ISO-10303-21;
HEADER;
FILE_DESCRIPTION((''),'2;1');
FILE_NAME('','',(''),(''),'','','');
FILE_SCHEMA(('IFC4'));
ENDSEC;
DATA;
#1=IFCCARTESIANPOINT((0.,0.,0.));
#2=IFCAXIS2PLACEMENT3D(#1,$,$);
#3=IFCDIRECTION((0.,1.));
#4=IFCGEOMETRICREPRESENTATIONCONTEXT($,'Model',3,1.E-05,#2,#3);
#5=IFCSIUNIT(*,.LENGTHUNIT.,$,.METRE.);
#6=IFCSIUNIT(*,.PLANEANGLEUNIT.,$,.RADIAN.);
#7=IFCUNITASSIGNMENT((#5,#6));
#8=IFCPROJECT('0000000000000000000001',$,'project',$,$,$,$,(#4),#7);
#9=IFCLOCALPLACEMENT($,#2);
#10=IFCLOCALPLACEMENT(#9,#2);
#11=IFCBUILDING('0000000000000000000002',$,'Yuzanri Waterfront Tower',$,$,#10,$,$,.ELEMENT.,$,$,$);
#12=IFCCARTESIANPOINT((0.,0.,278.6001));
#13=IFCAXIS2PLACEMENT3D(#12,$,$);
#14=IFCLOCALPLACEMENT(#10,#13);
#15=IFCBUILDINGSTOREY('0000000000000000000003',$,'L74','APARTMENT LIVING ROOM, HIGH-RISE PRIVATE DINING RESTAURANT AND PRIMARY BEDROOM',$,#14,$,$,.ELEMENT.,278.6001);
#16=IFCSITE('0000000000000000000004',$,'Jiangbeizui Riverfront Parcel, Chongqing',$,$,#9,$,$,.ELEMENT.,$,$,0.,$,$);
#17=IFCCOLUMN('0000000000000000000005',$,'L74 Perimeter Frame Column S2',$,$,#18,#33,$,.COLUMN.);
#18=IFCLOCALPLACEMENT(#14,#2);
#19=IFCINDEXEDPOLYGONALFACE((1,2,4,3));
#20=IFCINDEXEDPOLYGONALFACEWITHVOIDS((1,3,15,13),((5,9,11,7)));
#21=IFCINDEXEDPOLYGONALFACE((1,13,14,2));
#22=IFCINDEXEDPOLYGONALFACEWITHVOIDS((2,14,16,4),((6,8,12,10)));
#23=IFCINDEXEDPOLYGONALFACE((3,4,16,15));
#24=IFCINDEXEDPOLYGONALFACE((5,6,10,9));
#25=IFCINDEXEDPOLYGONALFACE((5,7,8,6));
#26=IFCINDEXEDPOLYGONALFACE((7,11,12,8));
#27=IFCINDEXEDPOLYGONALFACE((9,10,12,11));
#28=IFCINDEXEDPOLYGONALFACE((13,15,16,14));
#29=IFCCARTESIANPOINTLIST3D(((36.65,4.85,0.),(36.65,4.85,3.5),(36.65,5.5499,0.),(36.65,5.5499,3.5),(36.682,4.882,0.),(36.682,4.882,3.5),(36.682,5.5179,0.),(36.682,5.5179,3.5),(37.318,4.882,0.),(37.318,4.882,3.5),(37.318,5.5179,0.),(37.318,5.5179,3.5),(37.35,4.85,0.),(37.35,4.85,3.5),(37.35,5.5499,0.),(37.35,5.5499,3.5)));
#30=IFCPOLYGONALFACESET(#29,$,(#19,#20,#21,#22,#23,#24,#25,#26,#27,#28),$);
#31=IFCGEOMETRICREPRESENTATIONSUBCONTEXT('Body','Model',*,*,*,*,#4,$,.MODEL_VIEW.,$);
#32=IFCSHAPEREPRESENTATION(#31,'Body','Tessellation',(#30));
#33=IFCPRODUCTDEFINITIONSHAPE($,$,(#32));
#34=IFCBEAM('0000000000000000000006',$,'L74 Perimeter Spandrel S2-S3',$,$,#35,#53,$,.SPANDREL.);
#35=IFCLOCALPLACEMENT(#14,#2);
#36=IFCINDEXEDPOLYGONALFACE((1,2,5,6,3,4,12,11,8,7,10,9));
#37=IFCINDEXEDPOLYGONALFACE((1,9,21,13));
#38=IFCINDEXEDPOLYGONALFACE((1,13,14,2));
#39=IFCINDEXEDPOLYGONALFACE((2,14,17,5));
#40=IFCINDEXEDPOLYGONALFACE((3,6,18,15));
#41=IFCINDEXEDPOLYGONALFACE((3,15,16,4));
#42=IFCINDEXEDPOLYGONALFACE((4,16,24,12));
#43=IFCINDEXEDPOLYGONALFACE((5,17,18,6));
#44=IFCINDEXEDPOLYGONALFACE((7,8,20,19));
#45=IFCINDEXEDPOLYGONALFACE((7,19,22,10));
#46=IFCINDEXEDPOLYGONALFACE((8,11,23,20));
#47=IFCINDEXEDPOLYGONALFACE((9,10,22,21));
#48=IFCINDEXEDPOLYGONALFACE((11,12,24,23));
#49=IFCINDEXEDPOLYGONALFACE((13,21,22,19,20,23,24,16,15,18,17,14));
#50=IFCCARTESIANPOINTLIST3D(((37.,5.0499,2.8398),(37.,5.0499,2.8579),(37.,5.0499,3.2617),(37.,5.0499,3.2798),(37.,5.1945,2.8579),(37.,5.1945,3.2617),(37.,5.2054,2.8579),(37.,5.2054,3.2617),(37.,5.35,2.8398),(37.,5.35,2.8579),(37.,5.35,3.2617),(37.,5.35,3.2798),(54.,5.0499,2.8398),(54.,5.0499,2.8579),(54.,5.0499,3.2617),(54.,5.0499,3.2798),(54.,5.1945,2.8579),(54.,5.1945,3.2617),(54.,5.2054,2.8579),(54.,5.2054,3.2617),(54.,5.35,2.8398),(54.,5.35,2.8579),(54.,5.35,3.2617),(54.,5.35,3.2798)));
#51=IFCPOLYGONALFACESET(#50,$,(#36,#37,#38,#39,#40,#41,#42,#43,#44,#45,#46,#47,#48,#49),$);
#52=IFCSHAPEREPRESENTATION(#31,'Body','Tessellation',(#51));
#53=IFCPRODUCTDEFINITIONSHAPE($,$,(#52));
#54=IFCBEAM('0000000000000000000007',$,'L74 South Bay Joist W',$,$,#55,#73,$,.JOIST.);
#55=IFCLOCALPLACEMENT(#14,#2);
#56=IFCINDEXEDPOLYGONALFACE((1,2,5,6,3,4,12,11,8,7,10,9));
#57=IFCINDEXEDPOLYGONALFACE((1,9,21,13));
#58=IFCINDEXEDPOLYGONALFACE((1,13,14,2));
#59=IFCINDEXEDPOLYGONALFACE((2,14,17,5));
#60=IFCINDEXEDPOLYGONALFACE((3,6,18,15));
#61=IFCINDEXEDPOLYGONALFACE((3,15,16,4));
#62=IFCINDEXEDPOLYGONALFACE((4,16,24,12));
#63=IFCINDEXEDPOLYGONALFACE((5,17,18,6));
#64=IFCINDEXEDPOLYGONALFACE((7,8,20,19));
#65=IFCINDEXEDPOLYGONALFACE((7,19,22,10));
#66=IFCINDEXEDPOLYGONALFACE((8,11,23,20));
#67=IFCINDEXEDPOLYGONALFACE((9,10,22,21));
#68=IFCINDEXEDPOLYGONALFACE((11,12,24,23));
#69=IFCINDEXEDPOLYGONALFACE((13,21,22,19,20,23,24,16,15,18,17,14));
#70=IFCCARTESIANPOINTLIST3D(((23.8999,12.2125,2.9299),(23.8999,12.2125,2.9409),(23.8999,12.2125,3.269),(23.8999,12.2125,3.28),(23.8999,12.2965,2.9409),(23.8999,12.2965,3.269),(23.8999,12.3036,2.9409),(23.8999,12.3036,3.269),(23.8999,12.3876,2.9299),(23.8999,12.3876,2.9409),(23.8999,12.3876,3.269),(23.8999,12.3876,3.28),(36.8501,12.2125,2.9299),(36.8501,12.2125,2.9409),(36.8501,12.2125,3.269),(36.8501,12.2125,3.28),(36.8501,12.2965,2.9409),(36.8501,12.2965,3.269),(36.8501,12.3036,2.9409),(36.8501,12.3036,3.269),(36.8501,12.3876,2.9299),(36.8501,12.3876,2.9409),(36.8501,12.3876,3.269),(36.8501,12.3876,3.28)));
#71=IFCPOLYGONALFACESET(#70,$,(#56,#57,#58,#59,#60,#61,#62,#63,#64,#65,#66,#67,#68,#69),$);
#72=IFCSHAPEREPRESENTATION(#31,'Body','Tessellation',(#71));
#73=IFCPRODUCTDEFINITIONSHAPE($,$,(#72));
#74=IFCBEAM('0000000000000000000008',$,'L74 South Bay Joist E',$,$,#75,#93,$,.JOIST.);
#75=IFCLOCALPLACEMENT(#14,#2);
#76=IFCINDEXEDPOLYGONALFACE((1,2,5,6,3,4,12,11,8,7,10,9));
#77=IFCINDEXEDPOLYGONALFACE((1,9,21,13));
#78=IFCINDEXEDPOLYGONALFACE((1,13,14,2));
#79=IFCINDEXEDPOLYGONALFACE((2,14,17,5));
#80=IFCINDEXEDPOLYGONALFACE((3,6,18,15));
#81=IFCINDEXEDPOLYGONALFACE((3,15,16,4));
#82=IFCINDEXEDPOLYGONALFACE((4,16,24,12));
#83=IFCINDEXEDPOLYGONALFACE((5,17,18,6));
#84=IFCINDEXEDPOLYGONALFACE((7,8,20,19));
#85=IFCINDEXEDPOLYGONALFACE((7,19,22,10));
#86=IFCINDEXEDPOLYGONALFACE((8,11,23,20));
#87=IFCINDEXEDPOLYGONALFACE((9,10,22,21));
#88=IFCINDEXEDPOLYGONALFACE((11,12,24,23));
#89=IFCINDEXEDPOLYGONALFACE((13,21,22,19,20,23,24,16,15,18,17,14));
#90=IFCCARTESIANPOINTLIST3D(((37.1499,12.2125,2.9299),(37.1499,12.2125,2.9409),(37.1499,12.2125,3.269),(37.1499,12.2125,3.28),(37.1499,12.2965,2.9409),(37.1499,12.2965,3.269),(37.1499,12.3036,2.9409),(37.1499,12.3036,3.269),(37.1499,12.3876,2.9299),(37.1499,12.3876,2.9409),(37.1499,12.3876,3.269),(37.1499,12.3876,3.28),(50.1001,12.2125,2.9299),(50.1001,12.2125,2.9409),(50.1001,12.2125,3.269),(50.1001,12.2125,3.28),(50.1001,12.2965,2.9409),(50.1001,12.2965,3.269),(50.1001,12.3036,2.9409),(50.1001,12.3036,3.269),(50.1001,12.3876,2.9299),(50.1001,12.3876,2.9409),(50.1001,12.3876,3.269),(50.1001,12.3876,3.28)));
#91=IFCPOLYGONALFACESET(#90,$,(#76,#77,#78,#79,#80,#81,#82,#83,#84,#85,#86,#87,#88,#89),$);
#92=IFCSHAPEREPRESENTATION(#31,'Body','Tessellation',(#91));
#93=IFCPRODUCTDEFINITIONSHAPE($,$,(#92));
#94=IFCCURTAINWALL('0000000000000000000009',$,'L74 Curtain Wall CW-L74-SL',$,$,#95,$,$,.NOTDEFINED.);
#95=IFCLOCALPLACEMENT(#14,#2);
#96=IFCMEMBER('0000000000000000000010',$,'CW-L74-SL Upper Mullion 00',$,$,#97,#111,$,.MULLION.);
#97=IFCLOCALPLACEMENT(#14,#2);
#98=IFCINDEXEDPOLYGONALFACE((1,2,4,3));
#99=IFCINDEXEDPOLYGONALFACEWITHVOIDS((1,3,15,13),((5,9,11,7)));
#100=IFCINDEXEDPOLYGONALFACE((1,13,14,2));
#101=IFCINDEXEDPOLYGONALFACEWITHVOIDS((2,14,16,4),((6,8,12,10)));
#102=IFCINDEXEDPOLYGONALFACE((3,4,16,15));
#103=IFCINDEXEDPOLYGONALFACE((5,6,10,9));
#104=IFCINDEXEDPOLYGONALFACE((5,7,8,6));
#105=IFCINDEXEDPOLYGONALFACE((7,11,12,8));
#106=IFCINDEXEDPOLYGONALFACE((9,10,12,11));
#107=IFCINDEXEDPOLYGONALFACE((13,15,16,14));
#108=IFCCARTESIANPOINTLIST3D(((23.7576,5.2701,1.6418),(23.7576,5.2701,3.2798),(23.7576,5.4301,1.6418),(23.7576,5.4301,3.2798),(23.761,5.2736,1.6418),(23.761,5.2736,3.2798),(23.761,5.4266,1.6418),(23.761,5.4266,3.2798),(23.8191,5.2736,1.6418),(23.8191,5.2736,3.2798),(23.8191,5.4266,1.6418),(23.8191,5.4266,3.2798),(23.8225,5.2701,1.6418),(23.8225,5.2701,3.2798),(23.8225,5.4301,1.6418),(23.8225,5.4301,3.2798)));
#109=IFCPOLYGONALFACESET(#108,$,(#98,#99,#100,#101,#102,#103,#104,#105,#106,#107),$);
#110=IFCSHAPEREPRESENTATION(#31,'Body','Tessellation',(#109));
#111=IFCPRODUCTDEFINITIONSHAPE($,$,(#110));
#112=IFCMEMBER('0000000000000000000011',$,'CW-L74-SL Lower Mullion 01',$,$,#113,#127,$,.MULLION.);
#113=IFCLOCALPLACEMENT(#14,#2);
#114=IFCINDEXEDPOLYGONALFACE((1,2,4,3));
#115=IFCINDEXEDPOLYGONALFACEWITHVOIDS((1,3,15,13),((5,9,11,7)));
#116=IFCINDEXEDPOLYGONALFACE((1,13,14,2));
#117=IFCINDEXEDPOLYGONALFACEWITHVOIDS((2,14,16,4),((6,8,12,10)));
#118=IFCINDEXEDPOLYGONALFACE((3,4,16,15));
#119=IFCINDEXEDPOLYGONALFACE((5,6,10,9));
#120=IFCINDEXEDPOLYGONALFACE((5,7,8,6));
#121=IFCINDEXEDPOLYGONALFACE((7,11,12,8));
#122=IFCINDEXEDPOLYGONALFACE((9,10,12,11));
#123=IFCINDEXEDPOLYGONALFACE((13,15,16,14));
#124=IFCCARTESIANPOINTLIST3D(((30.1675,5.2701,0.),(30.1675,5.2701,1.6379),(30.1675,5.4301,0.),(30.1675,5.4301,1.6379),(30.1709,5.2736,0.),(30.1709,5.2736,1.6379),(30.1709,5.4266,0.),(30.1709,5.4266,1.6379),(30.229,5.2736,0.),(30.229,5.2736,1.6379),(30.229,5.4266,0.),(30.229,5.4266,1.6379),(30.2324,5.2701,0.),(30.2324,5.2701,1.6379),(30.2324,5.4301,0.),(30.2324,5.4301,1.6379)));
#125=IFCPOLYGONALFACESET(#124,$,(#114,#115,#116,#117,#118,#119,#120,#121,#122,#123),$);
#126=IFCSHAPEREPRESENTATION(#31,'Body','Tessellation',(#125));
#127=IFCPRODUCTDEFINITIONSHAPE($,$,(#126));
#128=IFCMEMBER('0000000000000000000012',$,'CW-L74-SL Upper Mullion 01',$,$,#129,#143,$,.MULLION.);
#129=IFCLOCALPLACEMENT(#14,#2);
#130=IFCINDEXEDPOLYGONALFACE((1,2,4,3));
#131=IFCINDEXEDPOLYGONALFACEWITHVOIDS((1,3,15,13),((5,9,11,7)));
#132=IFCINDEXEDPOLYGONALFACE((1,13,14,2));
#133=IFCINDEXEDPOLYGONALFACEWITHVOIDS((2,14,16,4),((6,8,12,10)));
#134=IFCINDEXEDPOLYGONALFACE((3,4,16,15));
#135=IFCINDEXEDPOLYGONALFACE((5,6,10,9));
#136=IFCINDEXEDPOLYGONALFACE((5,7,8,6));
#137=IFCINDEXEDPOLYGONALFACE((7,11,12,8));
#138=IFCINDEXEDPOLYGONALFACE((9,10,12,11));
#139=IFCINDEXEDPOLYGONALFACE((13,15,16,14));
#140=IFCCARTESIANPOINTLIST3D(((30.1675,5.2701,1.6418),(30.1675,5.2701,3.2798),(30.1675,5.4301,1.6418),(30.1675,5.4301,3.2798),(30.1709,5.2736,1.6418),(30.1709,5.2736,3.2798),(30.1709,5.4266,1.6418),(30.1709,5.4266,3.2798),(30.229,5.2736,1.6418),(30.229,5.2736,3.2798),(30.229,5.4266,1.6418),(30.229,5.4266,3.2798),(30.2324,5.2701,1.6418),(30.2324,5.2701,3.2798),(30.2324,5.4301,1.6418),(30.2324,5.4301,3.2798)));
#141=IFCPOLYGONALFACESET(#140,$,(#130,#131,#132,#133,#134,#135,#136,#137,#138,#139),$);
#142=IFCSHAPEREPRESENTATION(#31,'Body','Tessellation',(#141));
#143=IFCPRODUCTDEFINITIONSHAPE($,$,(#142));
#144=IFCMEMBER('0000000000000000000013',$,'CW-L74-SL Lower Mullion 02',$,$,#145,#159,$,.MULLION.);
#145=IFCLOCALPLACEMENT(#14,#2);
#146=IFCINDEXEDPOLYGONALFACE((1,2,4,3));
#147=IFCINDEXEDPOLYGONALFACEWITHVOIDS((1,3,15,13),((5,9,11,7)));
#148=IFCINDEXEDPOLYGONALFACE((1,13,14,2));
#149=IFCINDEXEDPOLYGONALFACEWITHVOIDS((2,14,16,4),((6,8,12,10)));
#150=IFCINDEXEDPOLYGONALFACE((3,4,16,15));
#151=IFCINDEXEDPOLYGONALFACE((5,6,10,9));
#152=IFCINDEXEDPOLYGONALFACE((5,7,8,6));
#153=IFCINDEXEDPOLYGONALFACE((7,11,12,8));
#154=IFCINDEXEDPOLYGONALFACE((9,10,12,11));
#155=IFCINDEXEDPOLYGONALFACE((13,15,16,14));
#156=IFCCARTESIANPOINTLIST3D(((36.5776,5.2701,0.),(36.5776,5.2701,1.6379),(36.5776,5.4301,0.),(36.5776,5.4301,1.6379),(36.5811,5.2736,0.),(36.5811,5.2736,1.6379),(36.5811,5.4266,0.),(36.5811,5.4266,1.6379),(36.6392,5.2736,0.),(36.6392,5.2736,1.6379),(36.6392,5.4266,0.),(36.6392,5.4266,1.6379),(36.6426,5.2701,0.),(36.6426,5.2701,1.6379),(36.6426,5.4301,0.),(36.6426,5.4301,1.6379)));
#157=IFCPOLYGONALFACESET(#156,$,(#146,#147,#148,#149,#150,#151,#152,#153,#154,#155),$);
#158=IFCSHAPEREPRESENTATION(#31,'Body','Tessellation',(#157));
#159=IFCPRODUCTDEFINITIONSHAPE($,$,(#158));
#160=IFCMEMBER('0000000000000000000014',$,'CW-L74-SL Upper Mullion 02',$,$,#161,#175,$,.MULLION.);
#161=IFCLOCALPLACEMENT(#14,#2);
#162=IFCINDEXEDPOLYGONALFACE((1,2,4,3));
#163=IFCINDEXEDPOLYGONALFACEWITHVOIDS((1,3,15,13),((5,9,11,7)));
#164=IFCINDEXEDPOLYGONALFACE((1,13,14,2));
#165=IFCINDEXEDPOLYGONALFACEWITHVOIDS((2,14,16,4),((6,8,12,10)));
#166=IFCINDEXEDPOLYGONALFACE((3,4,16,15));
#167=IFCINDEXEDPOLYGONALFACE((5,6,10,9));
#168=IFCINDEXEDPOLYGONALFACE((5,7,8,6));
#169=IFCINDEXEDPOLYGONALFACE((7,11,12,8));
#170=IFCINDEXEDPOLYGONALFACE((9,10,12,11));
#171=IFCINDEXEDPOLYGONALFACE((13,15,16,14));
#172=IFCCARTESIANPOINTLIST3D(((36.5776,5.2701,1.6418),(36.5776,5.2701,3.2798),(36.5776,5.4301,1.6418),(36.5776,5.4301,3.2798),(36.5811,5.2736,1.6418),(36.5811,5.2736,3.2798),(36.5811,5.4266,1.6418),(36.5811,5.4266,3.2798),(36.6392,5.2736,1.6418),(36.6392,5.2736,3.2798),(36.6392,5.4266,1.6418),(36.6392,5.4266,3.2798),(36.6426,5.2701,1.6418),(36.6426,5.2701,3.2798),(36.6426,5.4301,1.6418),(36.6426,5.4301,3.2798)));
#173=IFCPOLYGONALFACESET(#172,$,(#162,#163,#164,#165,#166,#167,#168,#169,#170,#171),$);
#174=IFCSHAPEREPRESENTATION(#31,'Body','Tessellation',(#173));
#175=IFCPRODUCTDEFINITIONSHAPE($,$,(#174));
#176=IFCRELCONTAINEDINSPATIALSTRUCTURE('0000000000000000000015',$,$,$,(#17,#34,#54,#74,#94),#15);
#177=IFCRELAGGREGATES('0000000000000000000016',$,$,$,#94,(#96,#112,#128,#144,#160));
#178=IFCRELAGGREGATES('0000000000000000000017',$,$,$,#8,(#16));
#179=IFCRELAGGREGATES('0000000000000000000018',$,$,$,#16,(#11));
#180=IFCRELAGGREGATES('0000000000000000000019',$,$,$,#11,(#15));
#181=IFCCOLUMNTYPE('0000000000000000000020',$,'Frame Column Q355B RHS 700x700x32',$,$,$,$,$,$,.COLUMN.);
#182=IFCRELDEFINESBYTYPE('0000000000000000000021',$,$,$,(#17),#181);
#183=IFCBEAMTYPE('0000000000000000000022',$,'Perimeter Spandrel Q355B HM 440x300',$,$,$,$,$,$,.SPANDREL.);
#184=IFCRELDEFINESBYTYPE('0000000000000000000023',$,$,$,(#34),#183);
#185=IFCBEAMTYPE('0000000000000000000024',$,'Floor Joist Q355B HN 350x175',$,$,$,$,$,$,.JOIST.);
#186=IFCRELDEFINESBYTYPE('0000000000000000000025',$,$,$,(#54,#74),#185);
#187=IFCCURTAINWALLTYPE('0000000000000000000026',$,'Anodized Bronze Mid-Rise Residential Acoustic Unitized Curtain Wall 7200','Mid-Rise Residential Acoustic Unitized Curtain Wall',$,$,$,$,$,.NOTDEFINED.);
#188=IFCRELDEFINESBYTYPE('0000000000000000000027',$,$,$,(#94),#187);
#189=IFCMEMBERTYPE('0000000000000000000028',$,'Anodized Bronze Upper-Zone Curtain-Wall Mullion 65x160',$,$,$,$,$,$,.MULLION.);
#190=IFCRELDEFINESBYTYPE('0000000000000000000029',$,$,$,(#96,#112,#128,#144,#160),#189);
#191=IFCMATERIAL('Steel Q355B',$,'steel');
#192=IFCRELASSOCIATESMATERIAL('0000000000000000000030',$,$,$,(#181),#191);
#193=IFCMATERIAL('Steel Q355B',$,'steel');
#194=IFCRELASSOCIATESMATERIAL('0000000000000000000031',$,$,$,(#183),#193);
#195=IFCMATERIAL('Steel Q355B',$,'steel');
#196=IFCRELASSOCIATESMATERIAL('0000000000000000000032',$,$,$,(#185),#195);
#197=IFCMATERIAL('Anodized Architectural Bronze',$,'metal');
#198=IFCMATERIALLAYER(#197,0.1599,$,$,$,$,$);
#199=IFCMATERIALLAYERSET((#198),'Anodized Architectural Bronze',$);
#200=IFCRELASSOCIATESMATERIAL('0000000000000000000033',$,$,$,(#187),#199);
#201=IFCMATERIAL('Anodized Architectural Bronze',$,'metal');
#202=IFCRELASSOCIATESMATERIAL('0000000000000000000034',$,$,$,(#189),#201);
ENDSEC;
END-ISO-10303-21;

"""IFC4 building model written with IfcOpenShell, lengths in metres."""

from ifc_helpers import new_model, si_unit, direction, frame, origin, origin_2d, place, context, subcontext, project, spatial, hollow_rectangle, i_section, extrude, source, transform, mapped, material, layer, layer_set, material_profile, profile_set, type_object, element, aggregate, save


model = new_model("IFC4")

# Units and contexts
model_context = context("Model", 3, precision=1e-05, world=origin(), true_north=direction((0.0, 1.0)))
body_context = subcontext(model_context, "Body", "Model", "MODEL_VIEW")
ifc_project = project(units=[si_unit("LENGTHUNIT", "METRE"), si_unit("PLANEANGLEUNIT", "RADIAN")], contexts=[model_context])

# Site, building, storey
site_placement = place(None, origin())
site = spatial("IfcSite", under=ifc_project, at=site_placement, Name="Jiangbeizui Riverfront Parcel, Chongqing", CompositionType="ELEMENT", RefElevation=0.0)
building_placement = place(site_placement, origin())
building = spatial("IfcBuilding", under=site, at=building_placement, Name="Yuzanri Waterfront Tower", CompositionType="ELEMENT")
storey_placement = place(building_placement, frame((0.0, 0.0, 278.6001)))
storey = spatial("IfcBuildingStorey", under=building, at=storey_placement, Name="L74", Description="APARTMENT LIVING ROOM, HIGH-RISE PRIVATE DINING RESTAURANT AND PRIMARY BEDROOM", CompositionType="ELEMENT", Elevation=278.6001)

# Column
ifc_material_1 = material(Name="Steel Q355B", Category="steel")
ifc_material_profile_1 = material_profile(ifc_material_1, hollow_rectangle(XDim=0.7, YDim=0.7, WallThickness=0.032, at=origin_2d()), Name="RHS 700x700x32")
ifc_profile_set_1 = profile_set([ifc_material_profile_1], Name="Steel Q355B")
column_type = type_object("IfcColumnType", Name="Frame Column Q355B RHS 700x700x32", PredefinedType="COLUMN", material=ifc_profile_set_1)
shared_shape_1 = source(origin(), body_context, "Body", "SweptSolid", [
    extrude(hollow_rectangle(XDim=0.7, YDim=0.7, WallThickness=0.032, at=origin_2d()), origin(), (0.0, 0.0, 1.0), 3.5),
])
column_placement = place(storey_placement, frame((37.0, 5.2, 0.0), z_axis=(0.0, 0.0, 1.0), x_axis=(1.0, 0.0, 0.0)))
element("IfcColumn", 1, at=column_placement, inside=storey, type_object=column_type, Name="L74 Perimeter Frame Column S2", PredefinedType="COLUMN", context=body_context, shape_type="MappedRepresentation", body=[
    mapped(shared_shape_1, transform((0.0, 0.0, 0.0), scale=1.0)),
])

# Beams
ifc_material_2 = material(Name="Steel Q355B", Category="steel")
ifc_material_profile_2 = material_profile(ifc_material_2, i_section(OverallWidth=0.3, OverallDepth=0.4399, WebThickness=0.011, FlangeThickness=0.0181, at=origin_2d()), Name="HM 440x300x11x18")
ifc_profile_set_2 = profile_set([ifc_material_profile_2], Name="Steel Q355B")
beam_type_1 = type_object("IfcBeamType", Name="Perimeter Spandrel Q355B HM 440x300", PredefinedType="SPANDREL", material=ifc_profile_set_2)
shared_shape_2 = source(origin(), body_context, "Body", "SweptSolid", [
    extrude(i_section(OverallWidth=0.3, OverallDepth=0.4399, WebThickness=0.011, FlangeThickness=0.0181, at=origin_2d()), origin(), (0.0, 0.0, 1.0), 17.0),
])
beam_placement = place(storey_placement, frame((37.0, 5.2, 3.0598), z_axis=(1.0, 0.0, 0.0), x_axis=(0.0, 1.0, 0.0)))
element("IfcBeam", 2, at=beam_placement, inside=storey, type_object=beam_type_1, Name="L74 Perimeter Spandrel S2-S3", PredefinedType="SPANDREL", context=body_context, shape_type="MappedRepresentation", body=[
    mapped(shared_shape_2, transform((0.0, 0.0, 0.0), scale=1.0)),
])
ifc_material_3 = material(Name="Steel Q355B", Category="steel")
ifc_material_profile_3 = material_profile(ifc_material_3, i_section(OverallWidth=0.175, OverallDepth=0.3501, WebThickness=0.0071, FlangeThickness=0.011, at=origin_2d()), Name="HN 350x175x7x11")
ifc_profile_set_3 = profile_set([ifc_material_profile_3], Name="Steel Q355B")
beam_type_2 = type_object("IfcBeamType", Name="Floor Joist Q355B HN 350x175", PredefinedType="JOIST", material=ifc_profile_set_3)
shared_shape_3 = source(origin(), body_context, "Body", "SweptSolid", [
    extrude(i_section(OverallWidth=0.175, OverallDepth=0.3501, WebThickness=0.0071, FlangeThickness=0.011, at=origin_2d()), origin(), (0.0, 0.0, 1.0), 12.9502),
])
for number, where, z_axis, x_axis, name in (
    (3, (23.8999, 12.3, 3.105), (1.0, 0.0, 0.0), (0.0, 1.0, 0.0), "L74 South Bay Joist W"),
    (4, (37.1499, 12.3, 3.105), (1.0, 0.0, 0.0), (0.0, 1.0, 0.0), "L74 South Bay Joist E"),
):
    element("IfcBeam", number, at=place(storey_placement, frame(where, z_axis=z_axis, x_axis=x_axis)), inside=storey, type_object=beam_type_2, Name=name, PredefinedType="JOIST", context=body_context, shape_type="MappedRepresentation", body=[
        mapped(shared_shape_3, transform((0.0, 0.0, 0.0), scale=1.0)),
    ])

# Curtain wall, members
ifc_material_4 = material(Name="Anodized Architectural Bronze", Category="metal")
ifc_layer_1 = layer(ifc_material_4, 0.1599)
ifc_layer_set_1 = layer_set([ifc_layer_1], Name="Anodized Architectural Bronze")
curtain_wall_type = type_object("IfcCurtainWallType", Name="Anodized Bronze Mid-Rise Residential Acoustic Unitized Curtain Wall 7200", Description="Mid-Rise Residential Acoustic Unitized Curtain Wall", PredefinedType="NOTDEFINED", material=ifc_layer_set_1)
curtain_wall_1_placement = place(storey_placement, origin())
curtain_wall_1 = element("IfcCurtainWall", 5, at=curtain_wall_1_placement, inside=storey, type_object=curtain_wall_type, Name="L74 Curtain Wall CW-L74-SL", PredefinedType="NOTDEFINED")
ifc_material_5 = material(Name="Anodized Architectural Bronze", Category="metal")
ifc_material_profile_4 = material_profile(ifc_material_5, hollow_rectangle(XDim=0.0649, YDim=0.1599, WallThickness=0.0034, at=origin_2d()), Name="CWM 65x160")
ifc_profile_set_4 = profile_set([ifc_material_profile_4], Name="Anodized Architectural Bronze")
member_type_1 = type_object("IfcMemberType", Name="Anodized Bronze Upper-Zone Curtain-Wall Mullion 65x160", PredefinedType="MULLION", material=ifc_profile_set_4)
shared_shape_4 = source(origin(), body_context, "Body", "SweptSolid", [
    extrude(hollow_rectangle(XDim=0.0649, YDim=0.1599, WallThickness=0.0034, at=origin_2d()), origin(), (0.0, 0.0, 1.0), 1.6379),
])
member_1_placement = place(storey_placement, frame((23.79, 5.3501, 1.6418), z_axis=(0.0, 0.0, 1.0), x_axis=(1.0, 0.0, 0.0)))
member_1 = element("IfcMember", 6, at=member_1_placement, type_object=member_type_1, Name="CW-L74-SL Upper Mullion 00", PredefinedType="MULLION", context=body_context, shape_type="MappedRepresentation", body=[
    mapped(shared_shape_4, transform((0.0, 0.0, 0.0), scale=1.0)),
])
member_2_placement = place(storey_placement, frame((30.2, 5.3501, 0.0), z_axis=(0.0, 0.0, 1.0), x_axis=(1.0, 0.0, 0.0)))
member_2 = element("IfcMember", 7, at=member_2_placement, type_object=member_type_1, Name="CW-L74-SL Lower Mullion 01", PredefinedType="MULLION", context=body_context, shape_type="MappedRepresentation", body=[
    mapped(shared_shape_4, transform((0.0, 0.0, 0.0), scale=1.0)),
])
member_3_placement = place(storey_placement, frame((30.2, 5.3501, 1.6418), z_axis=(0.0, 0.0, 1.0), x_axis=(1.0, 0.0, 0.0)))
member_3 = element("IfcMember", 8, at=member_3_placement, type_object=member_type_1, Name="CW-L74-SL Upper Mullion 01", PredefinedType="MULLION", context=body_context, shape_type="MappedRepresentation", body=[
    mapped(shared_shape_4, transform((0.0, 0.0, 0.0), scale=1.0)),
])
member_4_placement = place(storey_placement, frame((36.6101, 5.3501, 0.0), z_axis=(0.0, 0.0, 1.0), x_axis=(1.0, 0.0, 0.0)))
member_4 = element("IfcMember", 9, at=member_4_placement, type_object=member_type_1, Name="CW-L74-SL Lower Mullion 02", PredefinedType="MULLION", context=body_context, shape_type="MappedRepresentation", body=[
    mapped(shared_shape_4, transform((0.0, 0.0, 0.0), scale=1.0)),
])
member_5_placement = place(storey_placement, frame((36.6101, 5.3501, 1.6418), z_axis=(0.0, 0.0, 1.0), x_axis=(1.0, 0.0, 0.0)))
member_5 = element("IfcMember", 10, at=member_5_placement, type_object=member_type_1, Name="CW-L74-SL Upper Mullion 02", PredefinedType="MULLION", context=body_context, shape_type="MappedRepresentation", body=[
    mapped(shared_shape_4, transform((0.0, 0.0, 0.0), scale=1.0)),
])

aggregate(curtain_wall_1, [member_1, member_2, member_3, member_4, member_5])

save(model, "model.ifc")
